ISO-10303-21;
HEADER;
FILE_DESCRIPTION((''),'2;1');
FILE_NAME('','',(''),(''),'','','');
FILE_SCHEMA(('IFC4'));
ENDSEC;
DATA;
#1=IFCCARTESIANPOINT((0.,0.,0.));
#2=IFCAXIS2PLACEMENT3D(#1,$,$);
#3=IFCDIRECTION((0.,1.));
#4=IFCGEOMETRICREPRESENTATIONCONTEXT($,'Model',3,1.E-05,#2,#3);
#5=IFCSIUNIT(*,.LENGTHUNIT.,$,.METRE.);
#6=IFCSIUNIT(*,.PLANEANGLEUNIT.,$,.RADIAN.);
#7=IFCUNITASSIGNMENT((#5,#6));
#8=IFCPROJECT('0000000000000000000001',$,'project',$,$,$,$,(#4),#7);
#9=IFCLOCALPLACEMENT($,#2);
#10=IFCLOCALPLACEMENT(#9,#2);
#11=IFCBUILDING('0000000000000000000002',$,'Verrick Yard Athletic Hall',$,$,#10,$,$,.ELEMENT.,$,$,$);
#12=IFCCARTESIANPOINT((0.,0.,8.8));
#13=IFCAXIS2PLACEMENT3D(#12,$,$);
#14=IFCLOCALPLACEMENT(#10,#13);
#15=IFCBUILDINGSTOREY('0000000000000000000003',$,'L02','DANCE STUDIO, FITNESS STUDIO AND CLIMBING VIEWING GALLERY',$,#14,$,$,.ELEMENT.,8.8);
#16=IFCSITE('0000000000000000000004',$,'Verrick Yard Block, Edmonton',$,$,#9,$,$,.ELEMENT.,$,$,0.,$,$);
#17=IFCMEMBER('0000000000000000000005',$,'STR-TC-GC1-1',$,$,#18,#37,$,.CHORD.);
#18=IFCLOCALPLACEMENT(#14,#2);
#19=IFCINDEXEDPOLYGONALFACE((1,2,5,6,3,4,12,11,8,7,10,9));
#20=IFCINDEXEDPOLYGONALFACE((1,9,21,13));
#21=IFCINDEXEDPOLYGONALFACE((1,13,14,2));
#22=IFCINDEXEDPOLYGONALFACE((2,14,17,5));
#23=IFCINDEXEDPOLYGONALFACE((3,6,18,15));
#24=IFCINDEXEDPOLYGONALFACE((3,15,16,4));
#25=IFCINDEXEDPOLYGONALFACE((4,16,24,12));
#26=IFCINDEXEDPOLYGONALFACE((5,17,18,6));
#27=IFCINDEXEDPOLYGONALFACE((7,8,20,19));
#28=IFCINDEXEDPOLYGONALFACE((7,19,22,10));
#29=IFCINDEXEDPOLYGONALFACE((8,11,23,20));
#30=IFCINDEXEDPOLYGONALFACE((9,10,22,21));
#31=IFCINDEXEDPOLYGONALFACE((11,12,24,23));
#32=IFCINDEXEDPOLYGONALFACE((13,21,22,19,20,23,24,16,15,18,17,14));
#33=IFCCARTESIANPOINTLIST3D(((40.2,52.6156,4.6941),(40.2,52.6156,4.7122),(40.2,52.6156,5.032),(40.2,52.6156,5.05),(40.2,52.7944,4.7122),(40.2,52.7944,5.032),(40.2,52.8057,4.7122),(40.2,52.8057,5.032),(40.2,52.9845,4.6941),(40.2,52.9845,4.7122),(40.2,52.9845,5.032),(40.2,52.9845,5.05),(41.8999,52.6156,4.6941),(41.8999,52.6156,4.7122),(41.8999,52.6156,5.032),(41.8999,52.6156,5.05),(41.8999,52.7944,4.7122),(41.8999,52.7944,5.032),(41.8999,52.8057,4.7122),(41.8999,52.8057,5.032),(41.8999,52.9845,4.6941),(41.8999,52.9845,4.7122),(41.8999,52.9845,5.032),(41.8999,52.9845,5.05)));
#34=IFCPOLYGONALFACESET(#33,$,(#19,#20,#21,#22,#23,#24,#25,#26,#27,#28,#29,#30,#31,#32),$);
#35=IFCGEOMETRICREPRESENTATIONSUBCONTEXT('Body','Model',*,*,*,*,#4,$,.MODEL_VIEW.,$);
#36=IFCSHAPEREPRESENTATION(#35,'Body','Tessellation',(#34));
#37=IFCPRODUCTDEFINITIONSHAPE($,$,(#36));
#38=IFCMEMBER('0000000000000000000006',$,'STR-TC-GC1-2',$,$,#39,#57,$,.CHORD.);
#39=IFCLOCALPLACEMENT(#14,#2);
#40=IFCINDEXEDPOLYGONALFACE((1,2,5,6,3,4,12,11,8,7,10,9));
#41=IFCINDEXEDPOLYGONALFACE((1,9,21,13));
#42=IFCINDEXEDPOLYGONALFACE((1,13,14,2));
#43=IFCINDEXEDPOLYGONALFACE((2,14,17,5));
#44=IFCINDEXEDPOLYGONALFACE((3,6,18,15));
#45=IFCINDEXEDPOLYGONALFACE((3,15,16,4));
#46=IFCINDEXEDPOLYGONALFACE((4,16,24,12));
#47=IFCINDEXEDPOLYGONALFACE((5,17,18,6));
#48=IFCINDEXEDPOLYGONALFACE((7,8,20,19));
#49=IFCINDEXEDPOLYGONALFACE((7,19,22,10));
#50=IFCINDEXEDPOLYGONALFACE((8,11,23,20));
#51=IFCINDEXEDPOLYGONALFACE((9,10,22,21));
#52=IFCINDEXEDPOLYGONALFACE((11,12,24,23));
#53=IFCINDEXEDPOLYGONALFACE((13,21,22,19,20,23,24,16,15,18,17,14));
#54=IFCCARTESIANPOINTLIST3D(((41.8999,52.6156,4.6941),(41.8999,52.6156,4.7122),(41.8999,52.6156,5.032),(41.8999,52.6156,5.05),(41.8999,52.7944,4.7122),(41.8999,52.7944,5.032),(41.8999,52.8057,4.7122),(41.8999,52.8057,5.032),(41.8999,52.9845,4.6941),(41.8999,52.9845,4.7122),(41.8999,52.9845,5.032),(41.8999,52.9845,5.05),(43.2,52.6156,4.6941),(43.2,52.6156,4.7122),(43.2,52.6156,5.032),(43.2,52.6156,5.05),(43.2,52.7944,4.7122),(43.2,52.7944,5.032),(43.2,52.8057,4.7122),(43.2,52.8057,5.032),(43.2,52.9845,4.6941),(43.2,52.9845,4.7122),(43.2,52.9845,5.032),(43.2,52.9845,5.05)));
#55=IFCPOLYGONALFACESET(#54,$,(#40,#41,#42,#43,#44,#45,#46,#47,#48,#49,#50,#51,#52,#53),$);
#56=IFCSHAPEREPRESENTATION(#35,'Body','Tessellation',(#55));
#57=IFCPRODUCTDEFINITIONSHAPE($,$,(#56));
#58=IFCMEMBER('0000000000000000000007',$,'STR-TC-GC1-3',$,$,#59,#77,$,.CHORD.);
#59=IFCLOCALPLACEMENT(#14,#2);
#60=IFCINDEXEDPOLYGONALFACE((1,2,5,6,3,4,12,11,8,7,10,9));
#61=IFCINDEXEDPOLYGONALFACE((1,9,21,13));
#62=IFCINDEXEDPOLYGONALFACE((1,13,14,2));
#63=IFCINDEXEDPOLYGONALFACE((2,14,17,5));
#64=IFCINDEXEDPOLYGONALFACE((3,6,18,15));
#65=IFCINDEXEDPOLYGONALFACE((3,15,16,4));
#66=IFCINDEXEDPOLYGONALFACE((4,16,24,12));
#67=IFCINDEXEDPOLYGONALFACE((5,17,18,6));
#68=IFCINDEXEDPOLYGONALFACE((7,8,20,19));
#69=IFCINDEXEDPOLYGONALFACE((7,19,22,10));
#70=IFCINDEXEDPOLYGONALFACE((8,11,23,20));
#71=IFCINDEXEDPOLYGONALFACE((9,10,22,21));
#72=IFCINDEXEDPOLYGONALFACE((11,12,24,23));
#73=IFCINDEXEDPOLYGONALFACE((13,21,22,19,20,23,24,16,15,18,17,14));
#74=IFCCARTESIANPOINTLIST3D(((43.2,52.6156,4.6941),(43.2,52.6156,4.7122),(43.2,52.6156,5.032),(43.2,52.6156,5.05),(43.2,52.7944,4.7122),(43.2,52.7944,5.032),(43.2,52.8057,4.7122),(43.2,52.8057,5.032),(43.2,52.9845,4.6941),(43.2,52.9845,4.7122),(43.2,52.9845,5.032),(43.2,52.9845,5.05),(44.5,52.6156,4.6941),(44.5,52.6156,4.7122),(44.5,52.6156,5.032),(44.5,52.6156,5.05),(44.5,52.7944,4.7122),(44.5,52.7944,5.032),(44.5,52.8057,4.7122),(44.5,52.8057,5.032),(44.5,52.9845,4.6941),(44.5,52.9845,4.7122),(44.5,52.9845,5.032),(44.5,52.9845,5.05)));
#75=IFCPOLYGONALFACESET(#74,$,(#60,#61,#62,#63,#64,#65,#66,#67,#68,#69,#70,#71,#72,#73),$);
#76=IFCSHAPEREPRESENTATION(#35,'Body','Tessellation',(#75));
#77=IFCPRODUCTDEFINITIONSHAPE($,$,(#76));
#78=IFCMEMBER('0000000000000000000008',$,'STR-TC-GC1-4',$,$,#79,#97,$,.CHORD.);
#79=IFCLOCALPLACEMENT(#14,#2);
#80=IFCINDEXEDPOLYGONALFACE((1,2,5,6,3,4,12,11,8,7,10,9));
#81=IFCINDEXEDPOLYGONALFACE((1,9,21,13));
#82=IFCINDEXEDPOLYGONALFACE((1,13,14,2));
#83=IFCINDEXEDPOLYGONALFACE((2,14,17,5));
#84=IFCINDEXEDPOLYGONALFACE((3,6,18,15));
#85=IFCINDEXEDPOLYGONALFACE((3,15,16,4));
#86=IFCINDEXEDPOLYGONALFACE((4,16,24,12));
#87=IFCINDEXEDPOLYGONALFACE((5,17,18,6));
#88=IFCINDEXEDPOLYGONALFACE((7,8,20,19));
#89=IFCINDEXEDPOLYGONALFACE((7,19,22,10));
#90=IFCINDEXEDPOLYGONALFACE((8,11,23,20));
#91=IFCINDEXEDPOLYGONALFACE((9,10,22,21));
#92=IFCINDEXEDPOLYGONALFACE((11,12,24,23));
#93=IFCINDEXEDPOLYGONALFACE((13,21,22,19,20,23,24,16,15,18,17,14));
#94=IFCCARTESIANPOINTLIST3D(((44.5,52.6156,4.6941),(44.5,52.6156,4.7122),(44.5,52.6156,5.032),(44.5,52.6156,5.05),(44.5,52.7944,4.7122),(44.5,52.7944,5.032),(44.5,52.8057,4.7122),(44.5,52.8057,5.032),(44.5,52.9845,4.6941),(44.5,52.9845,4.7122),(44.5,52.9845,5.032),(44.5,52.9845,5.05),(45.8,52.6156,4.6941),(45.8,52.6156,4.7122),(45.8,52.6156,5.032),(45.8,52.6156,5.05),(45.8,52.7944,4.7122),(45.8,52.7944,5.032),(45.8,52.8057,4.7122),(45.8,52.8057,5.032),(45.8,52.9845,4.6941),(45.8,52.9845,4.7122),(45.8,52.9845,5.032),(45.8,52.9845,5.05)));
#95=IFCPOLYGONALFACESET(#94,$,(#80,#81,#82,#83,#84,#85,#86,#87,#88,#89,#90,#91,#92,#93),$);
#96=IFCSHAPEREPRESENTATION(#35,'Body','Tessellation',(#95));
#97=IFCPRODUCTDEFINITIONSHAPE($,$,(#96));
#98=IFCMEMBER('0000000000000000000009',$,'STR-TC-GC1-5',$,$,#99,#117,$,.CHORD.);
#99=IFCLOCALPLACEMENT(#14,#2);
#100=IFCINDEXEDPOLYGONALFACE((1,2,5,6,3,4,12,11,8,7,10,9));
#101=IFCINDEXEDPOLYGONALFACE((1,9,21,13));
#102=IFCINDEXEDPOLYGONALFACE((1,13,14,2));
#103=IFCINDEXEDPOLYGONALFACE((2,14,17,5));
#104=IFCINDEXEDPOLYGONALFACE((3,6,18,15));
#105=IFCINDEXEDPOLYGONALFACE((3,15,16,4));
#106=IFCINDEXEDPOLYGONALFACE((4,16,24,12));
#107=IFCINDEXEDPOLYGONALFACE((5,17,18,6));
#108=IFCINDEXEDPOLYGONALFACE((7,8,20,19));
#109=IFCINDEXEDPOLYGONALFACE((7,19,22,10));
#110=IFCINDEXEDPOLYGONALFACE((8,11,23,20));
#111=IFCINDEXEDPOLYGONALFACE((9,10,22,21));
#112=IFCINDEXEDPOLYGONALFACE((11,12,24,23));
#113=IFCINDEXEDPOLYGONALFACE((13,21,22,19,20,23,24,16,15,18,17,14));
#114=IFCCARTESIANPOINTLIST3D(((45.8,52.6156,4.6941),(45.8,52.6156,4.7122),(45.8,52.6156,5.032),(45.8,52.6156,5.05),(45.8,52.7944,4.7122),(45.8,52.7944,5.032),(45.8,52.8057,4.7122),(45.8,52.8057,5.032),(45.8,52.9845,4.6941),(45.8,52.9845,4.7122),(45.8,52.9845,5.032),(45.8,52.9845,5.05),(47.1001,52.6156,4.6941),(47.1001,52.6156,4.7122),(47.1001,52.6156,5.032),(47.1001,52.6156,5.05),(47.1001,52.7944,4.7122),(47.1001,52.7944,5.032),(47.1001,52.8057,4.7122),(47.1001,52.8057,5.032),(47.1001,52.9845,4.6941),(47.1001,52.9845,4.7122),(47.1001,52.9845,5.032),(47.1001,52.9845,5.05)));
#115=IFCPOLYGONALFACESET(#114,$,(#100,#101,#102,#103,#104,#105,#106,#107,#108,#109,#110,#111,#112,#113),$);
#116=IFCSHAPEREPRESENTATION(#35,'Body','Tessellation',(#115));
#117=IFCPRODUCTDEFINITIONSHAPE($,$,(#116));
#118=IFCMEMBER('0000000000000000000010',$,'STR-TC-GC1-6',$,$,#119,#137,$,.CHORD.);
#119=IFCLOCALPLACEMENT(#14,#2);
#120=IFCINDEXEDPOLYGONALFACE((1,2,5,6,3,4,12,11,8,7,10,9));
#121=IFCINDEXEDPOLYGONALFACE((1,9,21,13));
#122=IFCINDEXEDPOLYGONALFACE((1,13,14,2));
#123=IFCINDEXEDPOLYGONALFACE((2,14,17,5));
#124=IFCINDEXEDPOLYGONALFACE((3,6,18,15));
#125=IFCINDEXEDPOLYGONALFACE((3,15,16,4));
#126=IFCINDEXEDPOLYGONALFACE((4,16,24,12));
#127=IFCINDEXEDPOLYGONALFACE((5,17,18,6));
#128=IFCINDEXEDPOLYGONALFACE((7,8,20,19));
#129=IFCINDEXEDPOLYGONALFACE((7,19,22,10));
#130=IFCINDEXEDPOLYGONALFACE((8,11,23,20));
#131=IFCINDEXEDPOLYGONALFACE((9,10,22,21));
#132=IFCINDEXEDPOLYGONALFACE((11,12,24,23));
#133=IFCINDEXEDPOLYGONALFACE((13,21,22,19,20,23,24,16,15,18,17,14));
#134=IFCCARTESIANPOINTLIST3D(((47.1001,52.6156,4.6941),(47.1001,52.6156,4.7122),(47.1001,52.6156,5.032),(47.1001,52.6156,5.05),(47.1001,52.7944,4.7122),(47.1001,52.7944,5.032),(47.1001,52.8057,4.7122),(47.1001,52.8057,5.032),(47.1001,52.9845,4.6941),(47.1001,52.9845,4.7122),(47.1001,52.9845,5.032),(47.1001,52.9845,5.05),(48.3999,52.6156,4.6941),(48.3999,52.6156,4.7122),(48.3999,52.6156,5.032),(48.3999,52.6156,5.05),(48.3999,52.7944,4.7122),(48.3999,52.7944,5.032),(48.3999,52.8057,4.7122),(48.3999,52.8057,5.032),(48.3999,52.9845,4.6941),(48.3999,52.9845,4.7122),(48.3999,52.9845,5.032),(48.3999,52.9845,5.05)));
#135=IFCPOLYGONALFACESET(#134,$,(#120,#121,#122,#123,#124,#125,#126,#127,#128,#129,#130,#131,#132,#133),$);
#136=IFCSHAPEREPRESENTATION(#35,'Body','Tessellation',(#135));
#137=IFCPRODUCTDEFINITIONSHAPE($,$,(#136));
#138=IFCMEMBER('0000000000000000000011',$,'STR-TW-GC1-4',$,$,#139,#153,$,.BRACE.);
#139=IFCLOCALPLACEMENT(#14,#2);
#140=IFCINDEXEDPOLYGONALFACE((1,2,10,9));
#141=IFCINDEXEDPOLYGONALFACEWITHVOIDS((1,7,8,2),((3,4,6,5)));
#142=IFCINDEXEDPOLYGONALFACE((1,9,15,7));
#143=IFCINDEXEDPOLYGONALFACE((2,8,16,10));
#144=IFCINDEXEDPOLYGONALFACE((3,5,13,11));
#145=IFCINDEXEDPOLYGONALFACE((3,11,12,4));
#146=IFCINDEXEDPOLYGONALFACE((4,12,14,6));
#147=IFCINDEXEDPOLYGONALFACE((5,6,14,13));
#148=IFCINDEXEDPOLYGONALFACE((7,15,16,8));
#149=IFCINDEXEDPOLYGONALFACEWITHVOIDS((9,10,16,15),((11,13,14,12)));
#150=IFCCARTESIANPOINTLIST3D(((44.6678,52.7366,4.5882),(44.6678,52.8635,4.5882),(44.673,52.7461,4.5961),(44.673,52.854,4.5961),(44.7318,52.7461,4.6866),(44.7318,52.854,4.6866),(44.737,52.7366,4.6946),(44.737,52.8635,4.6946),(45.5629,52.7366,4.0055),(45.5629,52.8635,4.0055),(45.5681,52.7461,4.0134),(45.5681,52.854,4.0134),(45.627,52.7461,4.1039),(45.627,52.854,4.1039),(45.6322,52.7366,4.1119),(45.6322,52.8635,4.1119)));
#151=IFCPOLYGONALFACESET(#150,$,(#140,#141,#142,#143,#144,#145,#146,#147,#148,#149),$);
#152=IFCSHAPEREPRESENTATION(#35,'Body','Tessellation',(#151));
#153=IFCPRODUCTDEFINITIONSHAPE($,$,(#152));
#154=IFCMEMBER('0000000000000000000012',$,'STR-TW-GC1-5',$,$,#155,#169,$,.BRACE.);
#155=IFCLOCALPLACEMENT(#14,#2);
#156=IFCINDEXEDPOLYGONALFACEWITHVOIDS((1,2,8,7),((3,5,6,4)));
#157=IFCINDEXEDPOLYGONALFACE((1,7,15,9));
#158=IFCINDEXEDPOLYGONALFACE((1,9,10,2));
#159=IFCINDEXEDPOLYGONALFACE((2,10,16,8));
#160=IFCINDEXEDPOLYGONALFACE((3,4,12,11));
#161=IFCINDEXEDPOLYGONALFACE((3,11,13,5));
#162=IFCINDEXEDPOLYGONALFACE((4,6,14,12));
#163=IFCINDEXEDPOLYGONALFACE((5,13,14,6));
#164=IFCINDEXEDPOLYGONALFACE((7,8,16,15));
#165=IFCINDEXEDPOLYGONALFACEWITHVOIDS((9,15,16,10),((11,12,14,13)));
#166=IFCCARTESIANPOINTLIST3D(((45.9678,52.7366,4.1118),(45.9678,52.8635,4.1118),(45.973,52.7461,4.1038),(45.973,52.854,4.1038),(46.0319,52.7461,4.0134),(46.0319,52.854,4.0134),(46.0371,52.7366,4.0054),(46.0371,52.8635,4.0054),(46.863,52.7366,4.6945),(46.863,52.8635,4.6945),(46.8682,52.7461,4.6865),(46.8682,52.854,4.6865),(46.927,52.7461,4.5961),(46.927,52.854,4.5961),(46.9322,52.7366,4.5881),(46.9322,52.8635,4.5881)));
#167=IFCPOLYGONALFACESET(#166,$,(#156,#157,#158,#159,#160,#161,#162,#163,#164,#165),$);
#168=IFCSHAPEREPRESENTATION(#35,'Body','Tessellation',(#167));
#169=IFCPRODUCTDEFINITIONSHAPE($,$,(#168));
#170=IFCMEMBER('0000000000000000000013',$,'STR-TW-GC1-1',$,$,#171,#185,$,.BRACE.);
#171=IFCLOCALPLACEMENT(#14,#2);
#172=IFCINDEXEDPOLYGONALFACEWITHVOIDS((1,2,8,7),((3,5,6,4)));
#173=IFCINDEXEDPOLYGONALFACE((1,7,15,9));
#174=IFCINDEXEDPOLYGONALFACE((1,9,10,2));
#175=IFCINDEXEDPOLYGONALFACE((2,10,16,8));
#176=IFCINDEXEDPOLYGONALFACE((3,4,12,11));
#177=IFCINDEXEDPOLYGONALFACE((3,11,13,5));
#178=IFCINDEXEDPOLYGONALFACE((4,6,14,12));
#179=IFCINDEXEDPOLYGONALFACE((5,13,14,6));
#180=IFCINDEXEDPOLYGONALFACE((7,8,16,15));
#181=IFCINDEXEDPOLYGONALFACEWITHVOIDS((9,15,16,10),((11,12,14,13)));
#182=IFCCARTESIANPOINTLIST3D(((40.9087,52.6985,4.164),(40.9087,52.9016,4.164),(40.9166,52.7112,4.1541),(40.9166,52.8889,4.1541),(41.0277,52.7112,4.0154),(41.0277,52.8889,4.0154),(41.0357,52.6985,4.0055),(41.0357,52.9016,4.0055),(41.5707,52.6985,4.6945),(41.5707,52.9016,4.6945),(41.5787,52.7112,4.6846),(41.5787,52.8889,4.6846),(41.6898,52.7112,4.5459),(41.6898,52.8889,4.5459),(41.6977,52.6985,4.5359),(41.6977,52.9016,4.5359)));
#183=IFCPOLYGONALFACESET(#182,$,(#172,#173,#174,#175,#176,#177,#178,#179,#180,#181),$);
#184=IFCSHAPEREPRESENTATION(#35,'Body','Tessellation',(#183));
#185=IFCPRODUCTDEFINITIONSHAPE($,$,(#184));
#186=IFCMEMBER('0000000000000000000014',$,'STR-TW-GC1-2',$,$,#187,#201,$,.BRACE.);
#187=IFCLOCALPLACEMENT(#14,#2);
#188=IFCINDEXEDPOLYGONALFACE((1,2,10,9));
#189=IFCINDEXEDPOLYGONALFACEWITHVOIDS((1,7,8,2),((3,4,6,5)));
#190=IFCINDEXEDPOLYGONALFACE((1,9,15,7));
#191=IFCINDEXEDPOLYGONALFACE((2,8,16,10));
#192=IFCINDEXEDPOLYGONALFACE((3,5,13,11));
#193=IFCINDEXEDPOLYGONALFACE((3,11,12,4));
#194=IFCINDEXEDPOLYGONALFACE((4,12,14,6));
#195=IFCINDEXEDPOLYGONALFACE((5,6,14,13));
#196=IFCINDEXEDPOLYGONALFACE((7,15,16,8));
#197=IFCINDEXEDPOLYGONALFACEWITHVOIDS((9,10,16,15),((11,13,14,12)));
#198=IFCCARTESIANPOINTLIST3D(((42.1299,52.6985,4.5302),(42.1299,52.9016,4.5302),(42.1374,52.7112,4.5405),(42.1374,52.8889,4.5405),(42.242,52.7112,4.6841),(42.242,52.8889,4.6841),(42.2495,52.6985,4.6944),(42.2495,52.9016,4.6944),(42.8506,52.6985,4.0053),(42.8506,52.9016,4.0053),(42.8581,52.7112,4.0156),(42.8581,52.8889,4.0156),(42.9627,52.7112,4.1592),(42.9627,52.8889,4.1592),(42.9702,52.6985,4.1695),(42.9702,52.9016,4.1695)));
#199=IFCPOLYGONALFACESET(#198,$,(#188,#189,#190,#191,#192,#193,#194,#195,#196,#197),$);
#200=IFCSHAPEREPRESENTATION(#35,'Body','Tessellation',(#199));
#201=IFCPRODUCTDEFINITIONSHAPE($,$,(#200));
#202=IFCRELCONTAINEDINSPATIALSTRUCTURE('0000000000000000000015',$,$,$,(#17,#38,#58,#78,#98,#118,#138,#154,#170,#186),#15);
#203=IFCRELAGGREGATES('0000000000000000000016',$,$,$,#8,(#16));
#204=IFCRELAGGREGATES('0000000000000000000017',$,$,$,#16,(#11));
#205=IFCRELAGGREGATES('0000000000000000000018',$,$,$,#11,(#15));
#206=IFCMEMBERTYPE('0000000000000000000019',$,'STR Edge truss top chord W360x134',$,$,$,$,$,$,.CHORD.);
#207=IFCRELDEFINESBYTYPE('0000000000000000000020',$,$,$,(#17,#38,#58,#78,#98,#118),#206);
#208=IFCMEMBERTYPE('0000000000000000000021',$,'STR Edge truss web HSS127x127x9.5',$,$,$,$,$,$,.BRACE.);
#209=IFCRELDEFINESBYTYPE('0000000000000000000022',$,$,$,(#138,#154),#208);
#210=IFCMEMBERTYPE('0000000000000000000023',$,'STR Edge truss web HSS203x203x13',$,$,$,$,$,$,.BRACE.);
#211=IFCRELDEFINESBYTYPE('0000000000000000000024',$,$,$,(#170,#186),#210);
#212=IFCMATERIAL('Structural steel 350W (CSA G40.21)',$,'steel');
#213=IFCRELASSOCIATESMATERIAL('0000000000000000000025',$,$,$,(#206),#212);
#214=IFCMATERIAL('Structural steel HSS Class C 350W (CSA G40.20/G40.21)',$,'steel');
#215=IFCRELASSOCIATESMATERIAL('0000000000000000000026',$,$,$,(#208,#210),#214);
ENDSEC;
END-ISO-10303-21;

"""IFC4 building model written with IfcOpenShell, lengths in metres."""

from ifc_helpers import new_model, si_unit, direction, frame, origin, origin_2d, place, context, subcontext, project, spatial, hollow_rectangle, i_section, extrude, material, material_profile, profile_set, type_object, element, save


model = new_model("IFC4")

# Units and contexts
model_context = context("Model", 3, precision=1e-05, world=origin(), true_north=direction((0.0, 1.0)))
body_context = subcontext(model_context, "Body", "Model", "MODEL_VIEW")
ifc_project = project(units=[si_unit("LENGTHUNIT", "METRE"), si_unit("PLANEANGLEUNIT", "RADIAN")], contexts=[model_context])

# Site, building, storey
site_placement = place(None, origin())
site = spatial("IfcSite", under=ifc_project, at=site_placement, Name="Verrick Yard Block, Edmonton", CompositionType="ELEMENT", RefElevation=0.0)
building_placement = place(site_placement, origin())
building = spatial("IfcBuilding", under=site, at=building_placement, Name="Verrick Yard Athletic Hall", CompositionType="ELEMENT")
storey_placement = place(building_placement, frame((0.0, 0.0, 8.8)))
storey = spatial("IfcBuildingStorey", under=building, at=storey_placement, Name="L02", Description="DANCE STUDIO, FITNESS STUDIO AND CLIMBING VIEWING GALLERY", CompositionType="ELEMENT", Elevation=8.8)

# Shared definitions
ifc_material_1 = material(Name="Structural steel 350W (CSA G40.21)", Category="steel")

# Members
ifc_material_2 = material(Name="Structural steel HSS Class C 350W (CSA G40.20/G40.21)", Category="steel")
ifc_material_profile_1 = material_profile(ifc_material_1, i_section(OverallWidth=0.3689, OverallDepth=0.356, WebThickness=0.0112, FlangeThickness=0.0181, at=origin_2d()), Name="W360x134")
ifc_profile_set_1 = profile_set([ifc_material_profile_1], Name="Structural steel 350W (CSA G40.21)")
member_type_1 = type_object("IfcMemberType", Name="STR Edge truss top chord W360x134", PredefinedType="CHORD", material=ifc_profile_set_1)
member_1_placement = place(storey_placement, frame((40.2, 52.8, 4.8721), z_axis=(1.0, 0.0, 0.0), x_axis=(0.0, 1.0, 0.0)))
element("IfcMember", 1, at=member_1_placement, inside=storey, type_object=member_type_1, Name="STR-TC-GC1-1", PredefinedType="CHORD", context=body_context, shape_type="SweptSolid", body=[
    extrude(i_section(OverallWidth=0.3689, OverallDepth=0.356, WebThickness=0.0112, FlangeThickness=0.0181, at=origin_2d()), origin(), (0.0, 0.0, 1.0), 1.7),
])
for number, where, z_axis, x_axis, name in (
    (2, (41.8999, 52.8, 4.8721), (1.0, 0.0, 0.0), (0.0, 1.0, 0.0), "STR-TC-GC1-2"),
    (3, (43.2, 52.8, 4.8721), (1.0, 0.0, 0.0), (0.0, 1.0, 0.0), "STR-TC-GC1-3"),
    (4, (44.5, 52.8, 4.8721), (1.0, 0.0, 0.0), (0.0, 1.0, 0.0), "STR-TC-GC1-4"),
    (5, (45.8, 52.8, 4.8721), (1.0, 0.0, 0.0), (0.0, 1.0, 0.0), "STR-TC-GC1-5"),
):
    element("IfcMember", number, at=place(storey_placement, frame(where, z_axis=z_axis, x_axis=x_axis)), inside=storey, type_object=member_type_1, Name=name, PredefinedType="CHORD", context=body_context, shape_type="SweptSolid", body=[
        extrude(i_section(OverallWidth=0.3689, OverallDepth=0.356, WebThickness=0.0112, FlangeThickness=0.0181, at=origin_2d()), origin(), (0.0, 0.0, 1.0), 1.3),
    ])
member_2_placement = place(storey_placement, frame((47.1001, 52.8, 4.8721), z_axis=(1.0, 0.0, 0.0), x_axis=(0.0, 1.0, 0.0)))
element("IfcMember", 6, at=member_2_placement, inside=storey, type_object=member_type_1, Name="STR-TC-GC1-6", PredefinedType="CHORD", context=body_context, shape_type="SweptSolid", body=[
    extrude(i_section(OverallWidth=0.3689, OverallDepth=0.356, WebThickness=0.0112, FlangeThickness=0.0181, at=origin_2d()), origin(), (0.0, 0.0, 1.0), 1.2998),
])
ifc_material_profile_2 = material_profile(ifc_material_2, hollow_rectangle(XDim=0.127, YDim=0.127, WallThickness=0.0095, at=origin_2d()), Name="HSS127x127x9.5")
ifc_profile_set_2 = profile_set([ifc_material_profile_2], Name="Structural steel HSS Class C 350W (CSA G40.20/G40.21)")
member_type_2 = type_object("IfcMemberType", Name="STR Edge truss web HSS127x127x9.5", PredefinedType="BRACE", material=ifc_profile_set_2)
for number, where, z_axis, x_axis, name in (
    (7, (44.7024, 52.8, 4.6414), (0.838083, 0.0, -0.545543), (0.0, 1.0, 0.0), "STR-TW-GC1-4"),
    (8, (46.0024, 52.8, 4.0586), (0.838083, 0.0, 0.545543), (0.0, 1.0, 0.0), "STR-TW-GC1-5"),
):
    element("IfcMember", number, at=place(storey_placement, frame(where, z_axis=z_axis, x_axis=x_axis)), inside=storey, type_object=member_type_2, Name=name, PredefinedType="BRACE", context=body_context, shape_type="SweptSolid", body=[
        extrude(hollow_rectangle(XDim=0.127, YDim=0.127, WallThickness=0.0095, at=origin_2d()), origin(), (0.0, 0.0, 1.0), 1.0681),
    ])
ifc_material_profile_3 = material_profile(ifc_material_2, hollow_rectangle(XDim=0.2031, YDim=0.2031, WallThickness=0.0127, at=origin_2d()), Name="HSS203x203x13")
ifc_profile_set_3 = profile_set([ifc_material_profile_3], Name="Structural steel HSS Class C 350W (CSA G40.20/G40.21)")
member_type_3 = type_object("IfcMemberType", Name="STR Edge truss web HSS203x203x13", PredefinedType="BRACE", material=ifc_profile_set_3)
member_3_placement = place(storey_placement, frame((40.9722, 52.8, 4.0847), z_axis=(0.780391, 0.0, 0.625291), x_axis=(0.0, 1.0, 0.0)))
element("IfcMember", 9, at=member_3_placement, inside=storey, type_object=member_type_3, Name="STR-TW-GC1-1", PredefinedType="BRACE", context=body_context, shape_type="SweptSolid", body=[
    extrude(hollow_rectangle(XDim=0.2031, YDim=0.2031, WallThickness=0.0127, at=origin_2d()), origin(), (0.0, 0.0, 1.0), 0.8484),
])
member_4_placement = place(storey_placement, frame((42.1897, 52.8, 4.6123), z_axis=(0.808333, 0.0, -0.588725), x_axis=(0.0, 1.0, 0.0)))
element("IfcMember", 10, at=member_4_placement, inside=storey, type_object=member_type_3, Name="STR-TW-GC1-2", PredefinedType="BRACE", context=body_context, shape_type="SweptSolid", body=[
    extrude(hollow_rectangle(XDim=0.2031, YDim=0.2031, WallThickness=0.0127, at=origin_2d()), origin(), (0.0, 0.0, 1.0), 0.8916),
])

save(model, "model.ifc")
